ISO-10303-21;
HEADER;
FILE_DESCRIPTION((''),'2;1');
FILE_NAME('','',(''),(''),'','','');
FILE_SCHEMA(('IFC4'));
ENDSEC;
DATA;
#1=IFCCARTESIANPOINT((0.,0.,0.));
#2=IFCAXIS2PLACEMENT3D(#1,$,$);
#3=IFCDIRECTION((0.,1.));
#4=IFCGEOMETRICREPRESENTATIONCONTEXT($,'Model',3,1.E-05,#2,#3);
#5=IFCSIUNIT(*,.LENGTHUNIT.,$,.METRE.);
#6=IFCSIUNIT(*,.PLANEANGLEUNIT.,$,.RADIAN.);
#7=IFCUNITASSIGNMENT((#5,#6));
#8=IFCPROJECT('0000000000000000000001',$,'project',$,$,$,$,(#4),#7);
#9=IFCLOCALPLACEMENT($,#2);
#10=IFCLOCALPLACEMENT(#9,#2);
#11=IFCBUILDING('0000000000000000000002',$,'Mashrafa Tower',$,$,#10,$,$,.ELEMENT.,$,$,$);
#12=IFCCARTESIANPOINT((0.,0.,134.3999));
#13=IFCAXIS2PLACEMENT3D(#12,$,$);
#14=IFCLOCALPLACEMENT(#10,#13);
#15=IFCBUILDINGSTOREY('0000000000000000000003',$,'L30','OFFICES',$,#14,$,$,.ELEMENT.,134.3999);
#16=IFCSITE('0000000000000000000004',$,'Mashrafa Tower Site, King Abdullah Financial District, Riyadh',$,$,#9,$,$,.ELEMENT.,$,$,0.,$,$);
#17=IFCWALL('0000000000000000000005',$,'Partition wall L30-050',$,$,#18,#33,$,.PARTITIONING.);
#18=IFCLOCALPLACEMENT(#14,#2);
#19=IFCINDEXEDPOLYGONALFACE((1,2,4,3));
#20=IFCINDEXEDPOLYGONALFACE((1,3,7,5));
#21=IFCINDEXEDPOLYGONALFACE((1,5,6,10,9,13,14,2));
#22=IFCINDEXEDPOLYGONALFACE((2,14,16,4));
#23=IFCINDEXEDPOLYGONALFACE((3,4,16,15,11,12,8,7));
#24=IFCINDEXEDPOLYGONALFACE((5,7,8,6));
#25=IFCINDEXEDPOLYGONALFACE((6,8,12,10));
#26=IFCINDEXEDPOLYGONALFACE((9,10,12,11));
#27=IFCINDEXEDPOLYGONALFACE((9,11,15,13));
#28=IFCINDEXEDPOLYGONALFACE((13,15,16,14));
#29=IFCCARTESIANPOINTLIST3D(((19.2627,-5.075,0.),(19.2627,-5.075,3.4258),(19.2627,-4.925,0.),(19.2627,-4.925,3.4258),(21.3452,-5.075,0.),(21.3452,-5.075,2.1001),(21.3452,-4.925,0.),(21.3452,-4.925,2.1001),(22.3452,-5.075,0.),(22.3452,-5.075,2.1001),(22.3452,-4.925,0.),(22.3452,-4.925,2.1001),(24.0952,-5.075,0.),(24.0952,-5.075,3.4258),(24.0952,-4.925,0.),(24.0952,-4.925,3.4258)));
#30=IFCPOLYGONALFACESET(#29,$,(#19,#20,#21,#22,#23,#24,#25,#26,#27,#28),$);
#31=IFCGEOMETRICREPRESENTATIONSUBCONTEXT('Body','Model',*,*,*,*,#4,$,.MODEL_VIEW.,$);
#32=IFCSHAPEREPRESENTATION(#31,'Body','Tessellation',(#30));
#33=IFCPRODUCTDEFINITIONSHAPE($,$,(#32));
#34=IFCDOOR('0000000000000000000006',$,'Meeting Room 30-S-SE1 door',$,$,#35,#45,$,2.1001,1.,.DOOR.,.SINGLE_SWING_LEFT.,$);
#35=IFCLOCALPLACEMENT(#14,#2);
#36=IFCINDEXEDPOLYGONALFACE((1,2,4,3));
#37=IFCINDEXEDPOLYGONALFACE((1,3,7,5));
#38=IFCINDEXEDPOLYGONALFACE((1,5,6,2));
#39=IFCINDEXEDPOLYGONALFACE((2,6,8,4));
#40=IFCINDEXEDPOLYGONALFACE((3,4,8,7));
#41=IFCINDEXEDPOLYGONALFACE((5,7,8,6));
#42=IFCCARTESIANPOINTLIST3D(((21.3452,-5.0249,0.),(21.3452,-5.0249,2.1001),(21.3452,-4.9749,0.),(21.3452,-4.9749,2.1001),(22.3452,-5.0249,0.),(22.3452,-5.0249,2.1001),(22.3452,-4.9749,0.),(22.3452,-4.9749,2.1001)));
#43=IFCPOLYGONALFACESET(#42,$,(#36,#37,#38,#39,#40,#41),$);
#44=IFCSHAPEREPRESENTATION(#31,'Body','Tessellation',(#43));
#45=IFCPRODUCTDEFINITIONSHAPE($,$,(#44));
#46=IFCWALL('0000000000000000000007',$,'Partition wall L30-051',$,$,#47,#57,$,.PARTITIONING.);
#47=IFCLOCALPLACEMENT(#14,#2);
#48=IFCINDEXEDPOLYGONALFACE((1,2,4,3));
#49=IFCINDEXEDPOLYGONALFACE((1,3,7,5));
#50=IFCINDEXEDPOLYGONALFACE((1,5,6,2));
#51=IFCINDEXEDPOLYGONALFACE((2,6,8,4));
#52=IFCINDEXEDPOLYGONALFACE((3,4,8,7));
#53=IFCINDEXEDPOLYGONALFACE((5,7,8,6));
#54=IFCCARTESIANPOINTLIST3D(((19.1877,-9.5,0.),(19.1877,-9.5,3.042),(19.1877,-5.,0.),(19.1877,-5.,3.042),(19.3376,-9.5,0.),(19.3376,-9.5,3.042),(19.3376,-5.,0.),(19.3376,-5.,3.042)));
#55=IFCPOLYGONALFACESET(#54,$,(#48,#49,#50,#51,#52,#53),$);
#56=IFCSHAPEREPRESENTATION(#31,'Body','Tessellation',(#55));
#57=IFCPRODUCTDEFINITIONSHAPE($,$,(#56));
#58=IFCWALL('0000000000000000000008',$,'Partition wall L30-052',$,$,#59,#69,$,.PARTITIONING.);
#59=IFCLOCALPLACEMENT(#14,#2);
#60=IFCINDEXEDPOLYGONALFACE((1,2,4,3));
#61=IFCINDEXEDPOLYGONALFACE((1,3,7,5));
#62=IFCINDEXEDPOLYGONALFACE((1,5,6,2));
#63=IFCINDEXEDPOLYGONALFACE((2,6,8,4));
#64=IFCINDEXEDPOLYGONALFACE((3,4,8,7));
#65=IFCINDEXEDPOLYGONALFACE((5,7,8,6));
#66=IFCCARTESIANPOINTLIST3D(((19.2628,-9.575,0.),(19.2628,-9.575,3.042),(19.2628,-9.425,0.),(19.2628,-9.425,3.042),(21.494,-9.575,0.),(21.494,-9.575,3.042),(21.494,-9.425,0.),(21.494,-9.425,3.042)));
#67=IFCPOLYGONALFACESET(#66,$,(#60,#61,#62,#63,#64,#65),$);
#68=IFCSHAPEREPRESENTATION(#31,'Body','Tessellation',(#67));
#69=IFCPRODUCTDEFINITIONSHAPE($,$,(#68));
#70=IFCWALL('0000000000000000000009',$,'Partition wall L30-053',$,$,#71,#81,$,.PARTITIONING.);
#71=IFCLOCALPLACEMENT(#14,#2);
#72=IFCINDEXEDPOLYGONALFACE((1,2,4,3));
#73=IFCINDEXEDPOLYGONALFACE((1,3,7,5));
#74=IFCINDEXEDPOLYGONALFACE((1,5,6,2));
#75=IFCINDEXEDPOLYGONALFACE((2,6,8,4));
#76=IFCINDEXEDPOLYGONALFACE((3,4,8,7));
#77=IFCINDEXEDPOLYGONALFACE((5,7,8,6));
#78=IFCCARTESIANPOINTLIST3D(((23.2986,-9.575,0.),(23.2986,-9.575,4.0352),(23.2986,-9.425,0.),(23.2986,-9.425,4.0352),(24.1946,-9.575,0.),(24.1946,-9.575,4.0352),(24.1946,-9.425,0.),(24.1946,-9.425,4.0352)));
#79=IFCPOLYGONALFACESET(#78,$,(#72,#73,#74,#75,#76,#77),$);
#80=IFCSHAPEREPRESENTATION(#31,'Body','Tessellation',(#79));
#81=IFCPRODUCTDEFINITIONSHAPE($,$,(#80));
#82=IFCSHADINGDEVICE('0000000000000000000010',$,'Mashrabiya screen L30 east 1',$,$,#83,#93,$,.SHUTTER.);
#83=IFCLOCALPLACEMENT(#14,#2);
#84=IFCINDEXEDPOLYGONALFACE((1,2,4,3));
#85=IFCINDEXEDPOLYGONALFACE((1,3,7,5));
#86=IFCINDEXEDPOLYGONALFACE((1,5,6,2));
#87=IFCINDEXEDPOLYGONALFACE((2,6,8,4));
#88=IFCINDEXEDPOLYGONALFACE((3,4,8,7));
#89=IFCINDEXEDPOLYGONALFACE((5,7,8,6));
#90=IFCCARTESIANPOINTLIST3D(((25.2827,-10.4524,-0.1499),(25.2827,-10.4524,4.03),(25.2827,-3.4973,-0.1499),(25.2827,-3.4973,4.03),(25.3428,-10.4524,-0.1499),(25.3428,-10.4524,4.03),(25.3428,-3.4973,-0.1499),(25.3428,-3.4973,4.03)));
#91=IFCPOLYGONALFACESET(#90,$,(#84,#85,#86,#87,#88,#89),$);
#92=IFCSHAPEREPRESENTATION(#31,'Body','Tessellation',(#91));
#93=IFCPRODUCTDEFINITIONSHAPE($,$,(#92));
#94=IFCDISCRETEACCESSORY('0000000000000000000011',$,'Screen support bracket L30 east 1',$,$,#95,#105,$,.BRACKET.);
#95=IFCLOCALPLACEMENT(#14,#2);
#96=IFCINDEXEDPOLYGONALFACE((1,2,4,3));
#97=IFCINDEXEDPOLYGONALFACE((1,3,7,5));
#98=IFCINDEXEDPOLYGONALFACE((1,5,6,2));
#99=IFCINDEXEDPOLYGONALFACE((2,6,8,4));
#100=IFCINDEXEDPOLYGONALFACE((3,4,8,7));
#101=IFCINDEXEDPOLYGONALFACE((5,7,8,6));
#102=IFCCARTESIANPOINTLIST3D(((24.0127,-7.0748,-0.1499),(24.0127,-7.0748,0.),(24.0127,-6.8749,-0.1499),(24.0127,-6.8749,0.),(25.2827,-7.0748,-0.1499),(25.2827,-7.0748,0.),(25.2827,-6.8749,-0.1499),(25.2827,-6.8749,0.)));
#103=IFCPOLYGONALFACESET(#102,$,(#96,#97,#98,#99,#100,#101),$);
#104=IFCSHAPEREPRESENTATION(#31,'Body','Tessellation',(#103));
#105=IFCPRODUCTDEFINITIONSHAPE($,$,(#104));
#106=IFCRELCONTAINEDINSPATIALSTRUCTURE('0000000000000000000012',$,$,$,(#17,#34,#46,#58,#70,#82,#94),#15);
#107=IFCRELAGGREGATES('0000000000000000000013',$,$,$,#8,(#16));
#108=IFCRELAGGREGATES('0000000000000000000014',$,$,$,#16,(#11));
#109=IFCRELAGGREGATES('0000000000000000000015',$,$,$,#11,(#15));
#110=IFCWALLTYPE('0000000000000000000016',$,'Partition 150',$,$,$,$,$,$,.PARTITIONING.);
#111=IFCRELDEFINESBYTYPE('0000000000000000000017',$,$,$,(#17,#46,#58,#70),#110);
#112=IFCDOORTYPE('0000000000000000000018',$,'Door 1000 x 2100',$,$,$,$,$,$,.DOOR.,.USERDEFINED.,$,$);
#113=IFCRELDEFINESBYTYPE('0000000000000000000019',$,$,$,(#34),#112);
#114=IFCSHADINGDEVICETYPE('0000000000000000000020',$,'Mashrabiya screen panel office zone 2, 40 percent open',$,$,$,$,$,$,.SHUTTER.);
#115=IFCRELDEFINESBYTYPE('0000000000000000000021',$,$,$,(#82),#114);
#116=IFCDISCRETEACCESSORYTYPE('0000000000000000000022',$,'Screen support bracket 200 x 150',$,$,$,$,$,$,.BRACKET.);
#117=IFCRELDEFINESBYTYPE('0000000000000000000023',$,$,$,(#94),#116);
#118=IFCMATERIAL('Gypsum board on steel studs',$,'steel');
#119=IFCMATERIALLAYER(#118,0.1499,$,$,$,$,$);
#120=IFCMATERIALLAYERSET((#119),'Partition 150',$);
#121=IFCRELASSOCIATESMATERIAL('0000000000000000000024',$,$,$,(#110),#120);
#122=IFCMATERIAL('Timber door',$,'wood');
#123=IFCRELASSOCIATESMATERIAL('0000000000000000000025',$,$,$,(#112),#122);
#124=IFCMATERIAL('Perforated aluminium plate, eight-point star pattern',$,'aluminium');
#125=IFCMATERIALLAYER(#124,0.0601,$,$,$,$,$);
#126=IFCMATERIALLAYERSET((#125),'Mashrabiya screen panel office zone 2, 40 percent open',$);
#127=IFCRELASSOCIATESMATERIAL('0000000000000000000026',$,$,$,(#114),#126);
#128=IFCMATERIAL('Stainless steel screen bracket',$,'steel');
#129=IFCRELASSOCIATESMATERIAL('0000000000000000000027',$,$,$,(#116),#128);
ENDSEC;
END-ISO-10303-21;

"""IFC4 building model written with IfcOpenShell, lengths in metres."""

from ifc_helpers import new_model, si_unit, direction, frame, frame_2d, origin, origin_2d, place, context, subcontext, project, spatial, rectangle, extrude, source, transform, mapped, material, layer, layer_set, type_object, type_shapes, element, fill, save


model = new_model("IFC4")

# Units and contexts
model_context = context("Model", 3, precision=1e-05, world=origin(), true_north=direction((0.0, 1.0)))
body_context = subcontext(model_context, "Body", "Model", "MODEL_VIEW")
ifc_project = project(units=[si_unit("LENGTHUNIT", "METRE"), si_unit("PLANEANGLEUNIT", "RADIAN")], contexts=[model_context])

# Site, building, storey
site_placement = place(None, origin())
site = spatial("IfcSite", under=ifc_project, at=site_placement, Name="Mashrafa Tower Site, King Abdullah Financial District, Riyadh", CompositionType="ELEMENT", RefElevation=0.0)
building_placement = place(site_placement, origin())
building = spatial("IfcBuilding", under=site, at=building_placement, Name="Mashrafa Tower", CompositionType="ELEMENT")
storey_placement = place(building_placement, frame((0.0, 0.0, 134.3999)))
storey = spatial("IfcBuildingStorey", under=building, at=storey_placement, Name="L30", Description="OFFICES", CompositionType="ELEMENT", Elevation=134.3999)

# Wall, opening, door
ifc_material_1 = material(Name="Gypsum board on steel studs", Category="steel")
ifc_layer_1 = layer(ifc_material_1, 0.1499)
ifc_layer_set_1 = layer_set([ifc_layer_1], Name="Partition 150")
wall_type_1 = type_object("IfcWallType", Name="Partition 150", PredefinedType="PARTITIONING", material=ifc_layer_set_1)
wall_1_placement = place(storey_placement, frame((24.0952, -5.0, 0.0), z_axis=(0.0, 0.0, 1.0), x_axis=(-1.0, 0.0, 0.0)))
wall_1 = element("IfcWall", 1, at=wall_1_placement, inside=storey, type_object=wall_type_1, Name="Partition wall L30-050", PredefinedType="PARTITIONING", context=body_context, shape_type="SweptSolid", body=[
    extrude(rectangle(XDim=4.8325, YDim=0.1499, at=frame_2d((2.4163, 0.0))), origin(), (0.0, 0.0, 1.0), 3.4258),
])
opening_1_placement = place(wall_1_placement, frame((1.75, 0.0, 0.0)))
opening_1 = element("IfcOpeningElement", 2, at=opening_1_placement, cuts=wall_1, PredefinedType="OPENING", context=body_context, shape_type="SweptSolid", body=[
    extrude(rectangle(XDim=1.0, YDim=2.1001, at=frame_2d((0.5, 1.05))), frame((0.0, 0.085, 0.0), z_axis=(0.0, -1.0, 0.0), x_axis=(1.0, 0.0, 0.0)), (0.0, 0.0, 1.0), 0.1699),
])
ifc_material_2 = material(Name="Timber door", Category="wood")
door_type_1 = type_object("IfcDoorType", Name="Door 1000 x 2100", OperationType="USERDEFINED", PredefinedType="DOOR", material=ifc_material_2)
door_1_placement = place(opening_1_placement, origin())
door_1 = element("IfcDoor", 3, at=door_1_placement, inside=storey, type_object=door_type_1, Name="Meeting Room 30-S-SE1 door", OperationType="SINGLE_SWING_LEFT", OverallHeight=2.1001, OverallWidth=1.0, PredefinedType="DOOR", context=body_context, shape_type="SweptSolid", body=[
    extrude(rectangle(XDim=1.0, YDim=2.1001, at=frame_2d((0.5, 1.05))), frame((0.0, 0.0249, 0.0), z_axis=(0.0, -1.0, 0.0), x_axis=(1.0, 0.0, 0.0)), (0.0, 0.0, 1.0), 0.05),
])
fill(opening_1, door_1)

# Walls
wall_2_placement = place(storey_placement, frame((19.2627, -5.0, 0.0), z_axis=(0.0, 0.0, 1.0), x_axis=(0.0, -1.0, 0.0)))
element("IfcWall", 4, at=wall_2_placement, inside=storey, type_object=wall_type_1, Name="Partition wall L30-051", PredefinedType="PARTITIONING", context=body_context, shape_type="SweptSolid", body=[
    extrude(rectangle(XDim=4.5, YDim=0.1499, at=frame_2d((2.25, 0.0))), origin(), (0.0, 0.0, 1.0), 3.042),
])
wall_3_placement = place(storey_placement, frame((19.2627, -9.5, 0.0), z_axis=(0.0, 0.0, 1.0), x_axis=(1.0, 0.0, 0.0)))
element("IfcWall", 5, at=wall_3_placement, inside=storey, type_object=wall_type_1, Name="Partition wall L30-052", PredefinedType="PARTITIONING", context=body_context, shape_type="SweptSolid", body=[
    extrude(rectangle(XDim=2.2312, YDim=0.1499, at=frame_2d((1.1157, 0.0))), origin(), (0.0, 0.0, 1.0), 3.042),
])
wall_4_placement = place(storey_placement, frame((23.2986, -9.5, 0.0), z_axis=(0.0, 0.0, 1.0), x_axis=(1.0, 0.0, 0.0)))
element("IfcWall", 6, at=wall_4_placement, inside=storey, type_object=wall_type_1, Name="Partition wall L30-053", PredefinedType="PARTITIONING", context=body_context, shape_type="SweptSolid", body=[
    extrude(rectangle(XDim=0.896, YDim=0.1499, at=frame_2d((0.448, 0.0))), origin(), (0.0, 0.0, 1.0), 4.0352),
])

# Shading device
ifc_material_3 = material(Name="Perforated aluminium plate, eight-point star pattern", Category="aluminium")
ifc_layer_2 = layer(ifc_material_3, 0.0601)
ifc_layer_set_2 = layer_set([ifc_layer_2], Name="Mashrabiya screen panel office zone 2, 40 percent open")
shading_device_type = type_object("IfcShadingDeviceType", Name="Mashrabiya screen panel office zone 2, 40 percent open", PredefinedType="SHUTTER", material=ifc_layer_set_2)
shared_shape_1 = source(origin(), body_context, "Body", "SweptSolid", [
    extrude(rectangle(XDim=6.9551, YDim=0.0601, at=origin_2d()), origin(), (0.0, 0.0, 1.0), 4.1799),
])
type_shapes(shading_device_type, [shared_shape_1])
shading_device_placement = place(storey_placement, frame((25.3127, -6.9749, -0.1499), z_axis=(0.0, 0.0, 1.0), x_axis=(0.0, 1.0, 0.0)))
element("IfcShadingDevice", 7, at=shading_device_placement, inside=storey, type_object=shading_device_type, Name="Mashrabiya screen L30 east 1", PredefinedType="SHUTTER", context=body_context, shape_type="MappedRepresentation", body=[
    mapped(shared_shape_1, transform((0.0, 0.0, 0.0))),
])

# Discrete accessory
ifc_material_4 = material(Name="Stainless steel screen bracket", Category="steel")
discrete_accessory_type = type_object("IfcDiscreteAccessoryType", Name="Screen support bracket 200 x 150", PredefinedType="BRACKET", material=ifc_material_4)
shared_shape_2 = source(origin(), body_context, "Body", "SweptSolid", [
    extrude(rectangle(XDim=0.2, YDim=1.27, at=origin_2d()), origin(), (0.0, 0.0, 1.0), 0.1499),
])
type_shapes(discrete_accessory_type, [shared_shape_2])
discrete_accessory_placement = place(storey_placement, frame((24.6477, -6.9749, -0.1499), z_axis=(0.0, 0.0, 1.0), x_axis=(0.0, 1.0, 0.0)))
element("IfcDiscreteAccessory", 8, at=discrete_accessory_placement, inside=storey, type_object=discrete_accessory_type, Name="Screen support bracket L30 east 1", PredefinedType="BRACKET", context=body_context, shape_type="MappedRepresentation", body=[
    mapped(shared_shape_2, transform((0.0, 0.0, 0.0))),
])

save(model, "model.ifc")
